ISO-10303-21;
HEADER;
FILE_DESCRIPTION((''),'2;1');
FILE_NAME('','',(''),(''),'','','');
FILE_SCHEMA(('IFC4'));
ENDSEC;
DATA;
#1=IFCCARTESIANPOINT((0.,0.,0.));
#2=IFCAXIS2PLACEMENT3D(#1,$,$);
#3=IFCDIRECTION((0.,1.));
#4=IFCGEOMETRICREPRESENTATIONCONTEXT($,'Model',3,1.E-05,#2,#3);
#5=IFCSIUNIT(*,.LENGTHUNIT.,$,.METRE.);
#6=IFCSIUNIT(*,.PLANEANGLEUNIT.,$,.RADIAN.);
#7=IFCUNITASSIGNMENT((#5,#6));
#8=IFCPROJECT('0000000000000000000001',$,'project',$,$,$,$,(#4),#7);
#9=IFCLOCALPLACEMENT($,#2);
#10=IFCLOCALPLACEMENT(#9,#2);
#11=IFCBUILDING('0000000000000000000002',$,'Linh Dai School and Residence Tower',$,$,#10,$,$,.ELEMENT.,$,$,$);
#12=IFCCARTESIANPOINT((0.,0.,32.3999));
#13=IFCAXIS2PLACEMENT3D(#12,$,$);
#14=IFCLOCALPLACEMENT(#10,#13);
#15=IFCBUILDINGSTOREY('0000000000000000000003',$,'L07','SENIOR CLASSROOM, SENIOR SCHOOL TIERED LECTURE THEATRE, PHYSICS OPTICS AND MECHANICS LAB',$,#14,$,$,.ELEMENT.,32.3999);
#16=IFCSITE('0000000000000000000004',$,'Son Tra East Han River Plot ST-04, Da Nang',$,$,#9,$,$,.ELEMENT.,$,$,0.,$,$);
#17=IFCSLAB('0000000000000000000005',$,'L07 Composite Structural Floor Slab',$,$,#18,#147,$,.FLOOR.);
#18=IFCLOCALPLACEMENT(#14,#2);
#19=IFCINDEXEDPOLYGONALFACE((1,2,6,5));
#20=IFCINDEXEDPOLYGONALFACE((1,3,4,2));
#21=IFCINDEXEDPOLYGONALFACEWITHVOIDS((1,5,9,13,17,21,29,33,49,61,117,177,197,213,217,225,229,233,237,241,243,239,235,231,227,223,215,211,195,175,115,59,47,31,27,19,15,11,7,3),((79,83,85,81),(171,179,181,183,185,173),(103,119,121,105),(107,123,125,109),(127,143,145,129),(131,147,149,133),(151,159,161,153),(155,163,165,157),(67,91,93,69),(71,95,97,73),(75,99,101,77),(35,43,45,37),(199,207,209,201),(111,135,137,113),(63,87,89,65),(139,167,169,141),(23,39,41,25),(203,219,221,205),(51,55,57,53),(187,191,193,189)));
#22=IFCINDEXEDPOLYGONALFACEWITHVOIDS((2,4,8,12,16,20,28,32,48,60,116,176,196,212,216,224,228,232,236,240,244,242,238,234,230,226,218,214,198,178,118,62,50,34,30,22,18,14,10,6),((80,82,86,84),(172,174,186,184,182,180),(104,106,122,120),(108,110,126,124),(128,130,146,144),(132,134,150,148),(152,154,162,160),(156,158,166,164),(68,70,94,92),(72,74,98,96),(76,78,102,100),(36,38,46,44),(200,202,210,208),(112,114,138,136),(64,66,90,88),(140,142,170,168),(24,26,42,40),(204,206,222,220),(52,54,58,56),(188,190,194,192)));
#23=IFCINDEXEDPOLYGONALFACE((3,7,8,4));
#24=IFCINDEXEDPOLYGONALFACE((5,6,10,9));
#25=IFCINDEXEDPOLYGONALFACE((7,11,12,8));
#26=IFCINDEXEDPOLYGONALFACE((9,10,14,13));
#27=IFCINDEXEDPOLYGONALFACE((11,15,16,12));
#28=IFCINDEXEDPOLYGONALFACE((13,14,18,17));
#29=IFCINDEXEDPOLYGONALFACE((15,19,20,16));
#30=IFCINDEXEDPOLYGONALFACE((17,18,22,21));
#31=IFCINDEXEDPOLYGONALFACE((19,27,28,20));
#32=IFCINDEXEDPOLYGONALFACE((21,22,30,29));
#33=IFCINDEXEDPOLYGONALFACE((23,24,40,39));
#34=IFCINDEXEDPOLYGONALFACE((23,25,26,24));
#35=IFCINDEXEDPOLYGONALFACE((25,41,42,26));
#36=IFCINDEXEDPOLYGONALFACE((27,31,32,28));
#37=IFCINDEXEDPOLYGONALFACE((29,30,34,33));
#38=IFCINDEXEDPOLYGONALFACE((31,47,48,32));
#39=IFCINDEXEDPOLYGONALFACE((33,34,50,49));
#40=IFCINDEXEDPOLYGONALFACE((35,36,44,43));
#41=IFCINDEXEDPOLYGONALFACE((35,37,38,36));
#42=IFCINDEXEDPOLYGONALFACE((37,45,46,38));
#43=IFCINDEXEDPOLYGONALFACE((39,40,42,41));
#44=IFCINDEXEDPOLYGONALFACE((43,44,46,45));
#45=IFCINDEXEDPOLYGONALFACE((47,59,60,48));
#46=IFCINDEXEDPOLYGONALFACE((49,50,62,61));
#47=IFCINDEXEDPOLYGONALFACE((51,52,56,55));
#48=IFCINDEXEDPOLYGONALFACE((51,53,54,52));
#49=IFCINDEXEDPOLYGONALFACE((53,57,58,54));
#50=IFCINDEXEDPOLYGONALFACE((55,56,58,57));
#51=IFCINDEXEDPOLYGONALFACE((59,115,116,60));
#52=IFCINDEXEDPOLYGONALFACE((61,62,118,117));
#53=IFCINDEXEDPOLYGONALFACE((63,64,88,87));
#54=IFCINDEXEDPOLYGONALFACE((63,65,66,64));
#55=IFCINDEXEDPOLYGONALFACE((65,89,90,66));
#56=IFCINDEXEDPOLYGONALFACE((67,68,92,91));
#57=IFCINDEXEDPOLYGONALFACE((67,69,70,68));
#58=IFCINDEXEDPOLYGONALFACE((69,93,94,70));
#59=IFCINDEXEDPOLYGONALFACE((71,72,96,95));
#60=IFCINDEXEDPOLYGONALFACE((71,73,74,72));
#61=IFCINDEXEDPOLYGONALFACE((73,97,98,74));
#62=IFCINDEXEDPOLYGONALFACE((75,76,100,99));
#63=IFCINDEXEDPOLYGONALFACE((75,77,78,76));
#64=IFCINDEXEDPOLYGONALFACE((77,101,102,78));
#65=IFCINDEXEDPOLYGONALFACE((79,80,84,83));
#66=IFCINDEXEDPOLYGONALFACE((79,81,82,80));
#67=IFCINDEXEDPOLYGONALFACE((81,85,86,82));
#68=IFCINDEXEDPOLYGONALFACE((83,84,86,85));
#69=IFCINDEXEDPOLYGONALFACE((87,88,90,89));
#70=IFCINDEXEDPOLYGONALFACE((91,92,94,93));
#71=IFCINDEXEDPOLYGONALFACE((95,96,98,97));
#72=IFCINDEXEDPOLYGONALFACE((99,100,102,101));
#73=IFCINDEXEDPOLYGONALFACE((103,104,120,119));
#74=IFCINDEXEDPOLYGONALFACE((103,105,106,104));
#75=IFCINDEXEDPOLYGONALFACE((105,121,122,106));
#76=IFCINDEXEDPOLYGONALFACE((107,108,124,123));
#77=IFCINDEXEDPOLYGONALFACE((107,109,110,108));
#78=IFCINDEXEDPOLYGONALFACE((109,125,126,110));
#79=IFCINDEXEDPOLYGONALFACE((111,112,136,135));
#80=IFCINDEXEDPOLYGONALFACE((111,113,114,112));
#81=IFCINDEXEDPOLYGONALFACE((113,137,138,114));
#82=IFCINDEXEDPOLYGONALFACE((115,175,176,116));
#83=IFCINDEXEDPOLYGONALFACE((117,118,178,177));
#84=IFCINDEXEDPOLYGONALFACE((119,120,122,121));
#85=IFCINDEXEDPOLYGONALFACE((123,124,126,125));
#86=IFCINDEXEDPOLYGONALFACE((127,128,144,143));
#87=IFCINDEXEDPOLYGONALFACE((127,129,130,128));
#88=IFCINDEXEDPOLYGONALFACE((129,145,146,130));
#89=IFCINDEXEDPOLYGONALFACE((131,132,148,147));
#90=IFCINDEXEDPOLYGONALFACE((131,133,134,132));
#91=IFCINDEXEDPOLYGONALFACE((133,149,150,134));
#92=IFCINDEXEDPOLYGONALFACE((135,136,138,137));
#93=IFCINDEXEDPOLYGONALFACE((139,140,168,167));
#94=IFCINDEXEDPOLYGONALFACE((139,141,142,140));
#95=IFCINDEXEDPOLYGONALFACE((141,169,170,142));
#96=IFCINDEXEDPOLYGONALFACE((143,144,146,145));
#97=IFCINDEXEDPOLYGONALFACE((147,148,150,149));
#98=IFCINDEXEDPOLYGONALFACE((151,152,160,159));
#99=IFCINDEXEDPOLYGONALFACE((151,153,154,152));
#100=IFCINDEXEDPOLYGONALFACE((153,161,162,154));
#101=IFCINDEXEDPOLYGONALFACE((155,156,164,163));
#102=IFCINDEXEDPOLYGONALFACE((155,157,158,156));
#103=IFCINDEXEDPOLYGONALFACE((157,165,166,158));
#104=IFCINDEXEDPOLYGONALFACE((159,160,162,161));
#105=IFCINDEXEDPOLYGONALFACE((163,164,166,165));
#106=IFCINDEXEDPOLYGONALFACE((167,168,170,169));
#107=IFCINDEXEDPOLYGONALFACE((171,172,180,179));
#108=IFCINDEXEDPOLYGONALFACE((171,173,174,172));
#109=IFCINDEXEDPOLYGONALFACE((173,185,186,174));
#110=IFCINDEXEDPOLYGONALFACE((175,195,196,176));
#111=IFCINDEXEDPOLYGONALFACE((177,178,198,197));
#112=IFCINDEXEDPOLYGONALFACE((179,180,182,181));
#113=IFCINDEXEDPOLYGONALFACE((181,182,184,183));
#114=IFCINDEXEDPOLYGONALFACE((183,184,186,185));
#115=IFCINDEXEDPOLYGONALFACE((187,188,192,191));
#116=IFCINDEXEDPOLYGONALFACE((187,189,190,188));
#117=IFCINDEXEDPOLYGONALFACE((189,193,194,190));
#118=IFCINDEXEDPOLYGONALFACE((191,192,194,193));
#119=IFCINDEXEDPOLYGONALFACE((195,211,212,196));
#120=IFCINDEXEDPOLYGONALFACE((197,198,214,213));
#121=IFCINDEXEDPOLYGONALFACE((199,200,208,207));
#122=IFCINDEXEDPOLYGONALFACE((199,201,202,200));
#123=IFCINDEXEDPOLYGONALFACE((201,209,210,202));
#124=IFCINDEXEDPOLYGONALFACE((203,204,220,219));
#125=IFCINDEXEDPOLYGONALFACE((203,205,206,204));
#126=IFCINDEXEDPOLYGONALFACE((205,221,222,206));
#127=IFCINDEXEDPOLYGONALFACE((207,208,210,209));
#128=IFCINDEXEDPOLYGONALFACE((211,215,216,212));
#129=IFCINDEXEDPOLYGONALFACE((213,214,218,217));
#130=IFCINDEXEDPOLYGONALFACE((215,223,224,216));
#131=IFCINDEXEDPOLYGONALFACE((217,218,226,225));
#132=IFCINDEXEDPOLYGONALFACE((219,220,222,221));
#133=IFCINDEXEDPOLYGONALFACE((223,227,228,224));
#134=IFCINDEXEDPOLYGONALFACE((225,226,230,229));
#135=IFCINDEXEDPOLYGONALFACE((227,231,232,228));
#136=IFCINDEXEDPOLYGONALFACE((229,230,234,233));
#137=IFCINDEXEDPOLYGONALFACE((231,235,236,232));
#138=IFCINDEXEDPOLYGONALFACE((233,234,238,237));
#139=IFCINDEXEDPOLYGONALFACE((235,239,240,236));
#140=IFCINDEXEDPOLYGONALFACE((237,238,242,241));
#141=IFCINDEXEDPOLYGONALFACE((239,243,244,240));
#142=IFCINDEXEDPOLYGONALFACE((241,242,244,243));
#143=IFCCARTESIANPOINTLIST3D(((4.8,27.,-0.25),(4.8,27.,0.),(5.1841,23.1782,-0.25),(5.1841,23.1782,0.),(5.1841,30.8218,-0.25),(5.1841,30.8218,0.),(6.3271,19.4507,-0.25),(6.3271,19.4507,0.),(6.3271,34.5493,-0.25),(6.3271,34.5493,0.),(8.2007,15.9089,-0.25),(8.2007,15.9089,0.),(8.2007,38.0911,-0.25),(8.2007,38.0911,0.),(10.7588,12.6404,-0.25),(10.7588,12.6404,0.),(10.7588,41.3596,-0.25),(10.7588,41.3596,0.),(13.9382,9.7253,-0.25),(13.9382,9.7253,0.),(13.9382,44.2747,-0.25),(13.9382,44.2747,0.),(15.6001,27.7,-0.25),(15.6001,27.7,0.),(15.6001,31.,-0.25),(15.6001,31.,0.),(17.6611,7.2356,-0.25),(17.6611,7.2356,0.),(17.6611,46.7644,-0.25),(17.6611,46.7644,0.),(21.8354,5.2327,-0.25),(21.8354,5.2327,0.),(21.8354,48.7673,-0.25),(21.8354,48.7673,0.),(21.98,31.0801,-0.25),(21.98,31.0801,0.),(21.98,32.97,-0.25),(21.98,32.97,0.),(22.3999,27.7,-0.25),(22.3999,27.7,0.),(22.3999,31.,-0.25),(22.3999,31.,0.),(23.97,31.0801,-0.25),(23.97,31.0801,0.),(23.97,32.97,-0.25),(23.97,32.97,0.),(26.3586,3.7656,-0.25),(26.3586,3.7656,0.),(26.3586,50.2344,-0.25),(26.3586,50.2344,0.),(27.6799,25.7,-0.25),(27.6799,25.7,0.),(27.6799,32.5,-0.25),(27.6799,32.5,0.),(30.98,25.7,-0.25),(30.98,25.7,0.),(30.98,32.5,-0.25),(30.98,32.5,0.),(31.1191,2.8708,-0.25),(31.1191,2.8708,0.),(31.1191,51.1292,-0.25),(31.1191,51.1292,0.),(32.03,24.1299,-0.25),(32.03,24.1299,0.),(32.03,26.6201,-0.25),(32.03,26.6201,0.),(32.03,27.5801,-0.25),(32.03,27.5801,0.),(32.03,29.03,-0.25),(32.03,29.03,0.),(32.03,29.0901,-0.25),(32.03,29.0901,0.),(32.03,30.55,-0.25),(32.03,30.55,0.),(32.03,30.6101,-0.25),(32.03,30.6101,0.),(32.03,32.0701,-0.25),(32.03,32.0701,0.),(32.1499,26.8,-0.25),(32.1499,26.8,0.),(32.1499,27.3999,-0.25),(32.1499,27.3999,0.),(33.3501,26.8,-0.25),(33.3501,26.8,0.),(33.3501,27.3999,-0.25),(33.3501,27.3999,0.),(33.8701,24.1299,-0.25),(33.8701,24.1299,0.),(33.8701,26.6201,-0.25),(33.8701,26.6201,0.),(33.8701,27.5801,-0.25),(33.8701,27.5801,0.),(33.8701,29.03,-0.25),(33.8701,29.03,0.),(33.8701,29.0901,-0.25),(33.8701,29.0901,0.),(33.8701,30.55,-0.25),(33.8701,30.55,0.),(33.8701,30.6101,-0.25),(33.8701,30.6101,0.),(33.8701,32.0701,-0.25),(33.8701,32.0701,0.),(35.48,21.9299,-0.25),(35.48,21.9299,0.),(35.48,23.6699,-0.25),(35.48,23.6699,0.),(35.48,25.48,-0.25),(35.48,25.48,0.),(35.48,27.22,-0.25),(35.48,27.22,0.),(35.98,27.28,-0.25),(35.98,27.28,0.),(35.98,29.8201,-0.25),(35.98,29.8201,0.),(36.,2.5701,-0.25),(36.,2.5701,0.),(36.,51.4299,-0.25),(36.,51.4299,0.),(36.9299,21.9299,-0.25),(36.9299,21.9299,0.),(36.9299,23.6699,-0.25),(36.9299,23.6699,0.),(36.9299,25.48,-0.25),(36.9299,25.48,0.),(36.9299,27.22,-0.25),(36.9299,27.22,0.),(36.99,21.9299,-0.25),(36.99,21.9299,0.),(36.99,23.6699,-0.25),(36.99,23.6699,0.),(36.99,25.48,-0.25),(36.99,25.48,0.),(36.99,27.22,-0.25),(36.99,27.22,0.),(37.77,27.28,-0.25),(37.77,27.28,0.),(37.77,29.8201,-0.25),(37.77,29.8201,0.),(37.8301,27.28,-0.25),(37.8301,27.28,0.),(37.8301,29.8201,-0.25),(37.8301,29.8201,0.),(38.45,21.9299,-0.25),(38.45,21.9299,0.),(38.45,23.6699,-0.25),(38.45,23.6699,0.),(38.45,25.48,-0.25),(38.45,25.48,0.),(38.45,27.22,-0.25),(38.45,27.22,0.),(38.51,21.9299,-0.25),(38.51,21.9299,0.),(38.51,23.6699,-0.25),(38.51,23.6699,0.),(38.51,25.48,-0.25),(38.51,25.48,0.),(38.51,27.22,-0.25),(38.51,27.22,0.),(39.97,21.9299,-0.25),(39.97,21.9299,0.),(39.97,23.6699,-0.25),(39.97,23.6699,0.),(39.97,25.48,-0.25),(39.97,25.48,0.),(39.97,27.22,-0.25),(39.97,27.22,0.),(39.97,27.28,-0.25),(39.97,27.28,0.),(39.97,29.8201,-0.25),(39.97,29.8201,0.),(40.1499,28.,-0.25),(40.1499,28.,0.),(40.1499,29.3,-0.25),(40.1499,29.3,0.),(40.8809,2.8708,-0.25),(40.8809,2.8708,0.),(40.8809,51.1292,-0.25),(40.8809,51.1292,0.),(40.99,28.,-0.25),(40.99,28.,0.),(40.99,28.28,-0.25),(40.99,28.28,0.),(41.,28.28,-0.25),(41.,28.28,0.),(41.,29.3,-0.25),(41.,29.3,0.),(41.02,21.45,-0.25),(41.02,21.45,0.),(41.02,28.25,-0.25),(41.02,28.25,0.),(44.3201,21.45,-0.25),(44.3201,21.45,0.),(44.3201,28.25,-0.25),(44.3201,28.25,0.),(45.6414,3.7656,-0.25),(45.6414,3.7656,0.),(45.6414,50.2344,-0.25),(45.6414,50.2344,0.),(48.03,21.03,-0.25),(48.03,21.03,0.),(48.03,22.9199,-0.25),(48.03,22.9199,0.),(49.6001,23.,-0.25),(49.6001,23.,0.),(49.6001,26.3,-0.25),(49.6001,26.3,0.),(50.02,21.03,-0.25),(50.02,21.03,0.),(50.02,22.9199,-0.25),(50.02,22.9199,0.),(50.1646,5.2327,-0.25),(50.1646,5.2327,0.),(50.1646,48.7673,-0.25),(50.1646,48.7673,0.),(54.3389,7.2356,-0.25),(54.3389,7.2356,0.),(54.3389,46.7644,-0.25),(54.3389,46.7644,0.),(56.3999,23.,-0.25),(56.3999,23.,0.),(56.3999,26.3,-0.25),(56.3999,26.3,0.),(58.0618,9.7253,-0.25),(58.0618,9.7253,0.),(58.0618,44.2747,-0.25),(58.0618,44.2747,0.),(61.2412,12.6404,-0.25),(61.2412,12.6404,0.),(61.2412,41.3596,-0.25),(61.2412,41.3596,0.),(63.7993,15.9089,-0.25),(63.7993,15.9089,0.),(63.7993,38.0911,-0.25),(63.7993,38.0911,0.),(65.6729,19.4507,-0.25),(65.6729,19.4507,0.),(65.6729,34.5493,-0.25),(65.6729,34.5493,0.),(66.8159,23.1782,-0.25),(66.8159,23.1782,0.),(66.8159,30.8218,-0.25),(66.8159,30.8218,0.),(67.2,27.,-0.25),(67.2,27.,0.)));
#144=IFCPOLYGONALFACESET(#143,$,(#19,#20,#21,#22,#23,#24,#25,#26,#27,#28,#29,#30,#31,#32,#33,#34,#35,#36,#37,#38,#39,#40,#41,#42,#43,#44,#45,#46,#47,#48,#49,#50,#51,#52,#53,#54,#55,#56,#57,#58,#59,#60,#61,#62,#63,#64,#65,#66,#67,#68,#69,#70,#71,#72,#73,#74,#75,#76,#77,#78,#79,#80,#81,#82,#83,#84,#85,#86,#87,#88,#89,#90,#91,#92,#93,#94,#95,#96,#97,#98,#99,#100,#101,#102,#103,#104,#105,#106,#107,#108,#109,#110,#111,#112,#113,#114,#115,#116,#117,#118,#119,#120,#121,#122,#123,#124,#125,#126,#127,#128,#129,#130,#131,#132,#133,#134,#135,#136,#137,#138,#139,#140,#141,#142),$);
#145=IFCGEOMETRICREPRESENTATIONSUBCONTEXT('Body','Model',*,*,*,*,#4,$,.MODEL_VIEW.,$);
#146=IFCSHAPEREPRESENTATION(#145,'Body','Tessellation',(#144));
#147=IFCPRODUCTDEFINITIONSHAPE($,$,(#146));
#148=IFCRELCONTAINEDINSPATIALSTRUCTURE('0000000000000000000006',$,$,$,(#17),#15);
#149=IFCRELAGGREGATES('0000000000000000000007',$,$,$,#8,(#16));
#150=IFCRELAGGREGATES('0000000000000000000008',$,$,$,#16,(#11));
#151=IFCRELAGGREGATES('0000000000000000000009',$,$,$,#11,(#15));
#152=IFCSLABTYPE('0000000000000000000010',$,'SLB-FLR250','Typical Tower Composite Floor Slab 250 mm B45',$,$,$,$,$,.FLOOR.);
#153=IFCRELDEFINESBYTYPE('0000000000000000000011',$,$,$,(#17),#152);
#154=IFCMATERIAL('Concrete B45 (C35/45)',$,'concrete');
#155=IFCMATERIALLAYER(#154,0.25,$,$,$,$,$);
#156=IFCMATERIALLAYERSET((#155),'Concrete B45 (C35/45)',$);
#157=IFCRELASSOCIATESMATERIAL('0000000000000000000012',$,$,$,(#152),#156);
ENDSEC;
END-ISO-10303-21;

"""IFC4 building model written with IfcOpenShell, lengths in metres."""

from ifc_helpers import new_model, si_unit, direction, frame, origin, place, context, subcontext, project, spatial, polyline, outline, extrude, material, layer, layer_set, type_object, element, save


model = new_model("IFC4")

# Units and contexts
model_context = context("Model", 3, precision=1e-05, world=origin(), true_north=direction((0.0, 1.0)))
body_context = subcontext(model_context, "Body", "Model", "MODEL_VIEW")
ifc_project = project(units=[si_unit("LENGTHUNIT", "METRE"), si_unit("PLANEANGLEUNIT", "RADIAN")], contexts=[model_context])

# Site, building, storey
site_placement = place(None, origin())
site = spatial("IfcSite", under=ifc_project, at=site_placement, Name="Son Tra East Han River Plot ST-04, Da Nang", CompositionType="ELEMENT", RefElevation=0.0)
building_placement = place(site_placement, origin())
building = spatial("IfcBuilding", under=site, at=building_placement, Name="Linh Dai School and Residence Tower", CompositionType="ELEMENT")
storey_placement = place(building_placement, frame((0.0, 0.0, 32.3999)))
storey = spatial("IfcBuildingStorey", under=building, at=storey_placement, Name="L07", Description="SENIOR CLASSROOM, SENIOR SCHOOL TIERED LECTURE THEATRE, PHYSICS OPTICS AND MECHANICS LAB", CompositionType="ELEMENT", Elevation=32.3999)

# Slab
ifc_material_1 = material(Name="Concrete B45 (C35/45)", Category="concrete")
ifc_layer_1 = layer(ifc_material_1, 0.25)
ifc_layer_set_1 = layer_set([ifc_layer_1], Name="Concrete B45 (C35/45)")
slab_type_1 = type_object("IfcSlabType", Name="SLB-FLR250", Description="Typical Tower Composite Floor Slab 250 mm B45", PredefinedType="FLOOR", material=ifc_layer_set_1)
slab_1_placement = place(storey_placement, frame((0.0, 0.0, -0.25)))
element("IfcSlab", 1, at=slab_1_placement, inside=storey, type_object=slab_type_1, Name="L07 Composite Structural Floor Slab", PredefinedType="FLOOR", context=body_context, shape_type="SweptSolid", body=[
    extrude(outline(polyline([(67.2, 27.0), (66.8159, 30.8218), (65.6729, 34.5493), (63.7993, 38.0911), (61.2412, 41.3596), (58.0618, 44.2747), (54.3389, 46.7644), (50.1646, 48.7673), (45.6414, 50.2344), (40.8809, 51.1292), (36.0, 51.4299), (31.1191, 51.1292), (26.3586, 50.2344), (21.8354, 48.7673), (17.6611, 46.7644), (13.9382, 44.2747), (10.7588, 41.3596), (8.2007, 38.0911), (6.3271, 34.5493), (5.1841, 30.8218), (4.8, 27.0), (5.1841, 23.1782), (6.3271, 19.4507), (8.2007, 15.9089), (10.7588, 12.6404), (13.9382, 9.7253), (17.6611, 7.2356), (21.8354, 5.2327), (26.3586, 3.7656), (31.1191, 2.8708), (36.0, 2.5701), (40.8809, 2.8708), (45.6414, 3.7656), (50.1646, 5.2327), (54.3389, 7.2356), (58.0618, 9.7253), (61.2412, 12.6404), (63.7993, 15.9089), (65.6729, 19.4507), (66.8159, 23.1782), (67.2, 27.0)]), holes=[polyline([(30.98, 25.7), (30.98, 32.5), (27.6799, 32.5), (27.6799, 25.7), (30.98, 25.7)]), polyline([(41.02, 28.25), (41.02, 21.45), (44.3201, 21.45), (44.3201, 28.25), (41.02, 28.25)]), polyline([(22.3999, 31.0), (15.6001, 31.0), (15.6001, 27.7), (22.3999, 27.7), (22.3999, 31.0)]), polyline([(49.6001, 23.0), (56.3999, 23.0), (56.3999, 26.3), (49.6001, 26.3), (49.6001, 23.0)]), polyline([(35.98, 27.28), (37.77, 27.28), (37.77, 29.8201), (35.98, 29.8201), (35.98, 27.28)]), polyline([(32.03, 24.1299), (33.8701, 24.1299), (33.8701, 26.6201), (32.03, 26.6201), (32.03, 24.1299)]), polyline([(37.8301, 27.28), (39.97, 27.28), (39.97, 29.8201), (37.8301, 29.8201), (37.8301, 27.28)]), polyline([(35.48, 21.9299), (36.9299, 21.9299), (36.9299, 23.6699), (35.48, 23.6699), (35.48, 21.9299)]), polyline([(36.99, 21.9299), (38.45, 21.9299), (38.45, 23.6699), (36.99, 23.6699), (36.99, 21.9299)]), polyline([(38.51, 21.9299), (39.97, 21.9299), (39.97, 23.6699), (38.51, 23.6699), (38.51, 21.9299)]), polyline([(32.03, 27.5801), (33.8701, 27.5801), (33.8701, 29.03), (32.03, 29.03), (32.03, 27.5801)]), polyline([(32.03, 29.0901), (33.8701, 29.0901), (33.8701, 30.55), (32.03, 30.55), (32.03, 29.0901)]), polyline([(32.03, 30.6101), (33.8701, 30.6101), (33.8701, 32.0701), (32.03, 32.0701), (32.03, 30.6101)]), polyline([(35.48, 25.48), (36.9299, 25.48), (36.9299, 27.22), (35.48, 27.22), (35.48, 25.48)]), polyline([(36.99, 25.48), (38.45, 25.48), (38.45, 27.22), (36.99, 27.22), (36.99, 25.48)]), polyline([(38.51, 25.48), (39.97, 25.48), (39.97, 27.22), (38.51, 27.22), (38.51, 25.48)]), polyline([(21.98, 31.0801), (23.97, 31.0801), (23.97, 32.97), (21.98, 32.97), (21.98, 31.0801)]), polyline([(48.03, 21.03), (50.02, 21.03), (50.02, 22.9199), (48.03, 22.9199), (48.03, 21.03)]), polyline([(40.1499, 28.0), (40.1499, 29.3), (41.0, 29.3), (41.0, 28.28), (40.99, 28.28), (40.99, 28.0), (40.1499, 28.0)]), polyline([(32.1499, 26.8), (33.3501, 26.8), (33.3501, 27.3999), (32.1499, 27.3999), (32.1499, 26.8)])]), origin(), (0.0, 0.0, 1.0), 0.25),
])

save(model, "model.ifc")
